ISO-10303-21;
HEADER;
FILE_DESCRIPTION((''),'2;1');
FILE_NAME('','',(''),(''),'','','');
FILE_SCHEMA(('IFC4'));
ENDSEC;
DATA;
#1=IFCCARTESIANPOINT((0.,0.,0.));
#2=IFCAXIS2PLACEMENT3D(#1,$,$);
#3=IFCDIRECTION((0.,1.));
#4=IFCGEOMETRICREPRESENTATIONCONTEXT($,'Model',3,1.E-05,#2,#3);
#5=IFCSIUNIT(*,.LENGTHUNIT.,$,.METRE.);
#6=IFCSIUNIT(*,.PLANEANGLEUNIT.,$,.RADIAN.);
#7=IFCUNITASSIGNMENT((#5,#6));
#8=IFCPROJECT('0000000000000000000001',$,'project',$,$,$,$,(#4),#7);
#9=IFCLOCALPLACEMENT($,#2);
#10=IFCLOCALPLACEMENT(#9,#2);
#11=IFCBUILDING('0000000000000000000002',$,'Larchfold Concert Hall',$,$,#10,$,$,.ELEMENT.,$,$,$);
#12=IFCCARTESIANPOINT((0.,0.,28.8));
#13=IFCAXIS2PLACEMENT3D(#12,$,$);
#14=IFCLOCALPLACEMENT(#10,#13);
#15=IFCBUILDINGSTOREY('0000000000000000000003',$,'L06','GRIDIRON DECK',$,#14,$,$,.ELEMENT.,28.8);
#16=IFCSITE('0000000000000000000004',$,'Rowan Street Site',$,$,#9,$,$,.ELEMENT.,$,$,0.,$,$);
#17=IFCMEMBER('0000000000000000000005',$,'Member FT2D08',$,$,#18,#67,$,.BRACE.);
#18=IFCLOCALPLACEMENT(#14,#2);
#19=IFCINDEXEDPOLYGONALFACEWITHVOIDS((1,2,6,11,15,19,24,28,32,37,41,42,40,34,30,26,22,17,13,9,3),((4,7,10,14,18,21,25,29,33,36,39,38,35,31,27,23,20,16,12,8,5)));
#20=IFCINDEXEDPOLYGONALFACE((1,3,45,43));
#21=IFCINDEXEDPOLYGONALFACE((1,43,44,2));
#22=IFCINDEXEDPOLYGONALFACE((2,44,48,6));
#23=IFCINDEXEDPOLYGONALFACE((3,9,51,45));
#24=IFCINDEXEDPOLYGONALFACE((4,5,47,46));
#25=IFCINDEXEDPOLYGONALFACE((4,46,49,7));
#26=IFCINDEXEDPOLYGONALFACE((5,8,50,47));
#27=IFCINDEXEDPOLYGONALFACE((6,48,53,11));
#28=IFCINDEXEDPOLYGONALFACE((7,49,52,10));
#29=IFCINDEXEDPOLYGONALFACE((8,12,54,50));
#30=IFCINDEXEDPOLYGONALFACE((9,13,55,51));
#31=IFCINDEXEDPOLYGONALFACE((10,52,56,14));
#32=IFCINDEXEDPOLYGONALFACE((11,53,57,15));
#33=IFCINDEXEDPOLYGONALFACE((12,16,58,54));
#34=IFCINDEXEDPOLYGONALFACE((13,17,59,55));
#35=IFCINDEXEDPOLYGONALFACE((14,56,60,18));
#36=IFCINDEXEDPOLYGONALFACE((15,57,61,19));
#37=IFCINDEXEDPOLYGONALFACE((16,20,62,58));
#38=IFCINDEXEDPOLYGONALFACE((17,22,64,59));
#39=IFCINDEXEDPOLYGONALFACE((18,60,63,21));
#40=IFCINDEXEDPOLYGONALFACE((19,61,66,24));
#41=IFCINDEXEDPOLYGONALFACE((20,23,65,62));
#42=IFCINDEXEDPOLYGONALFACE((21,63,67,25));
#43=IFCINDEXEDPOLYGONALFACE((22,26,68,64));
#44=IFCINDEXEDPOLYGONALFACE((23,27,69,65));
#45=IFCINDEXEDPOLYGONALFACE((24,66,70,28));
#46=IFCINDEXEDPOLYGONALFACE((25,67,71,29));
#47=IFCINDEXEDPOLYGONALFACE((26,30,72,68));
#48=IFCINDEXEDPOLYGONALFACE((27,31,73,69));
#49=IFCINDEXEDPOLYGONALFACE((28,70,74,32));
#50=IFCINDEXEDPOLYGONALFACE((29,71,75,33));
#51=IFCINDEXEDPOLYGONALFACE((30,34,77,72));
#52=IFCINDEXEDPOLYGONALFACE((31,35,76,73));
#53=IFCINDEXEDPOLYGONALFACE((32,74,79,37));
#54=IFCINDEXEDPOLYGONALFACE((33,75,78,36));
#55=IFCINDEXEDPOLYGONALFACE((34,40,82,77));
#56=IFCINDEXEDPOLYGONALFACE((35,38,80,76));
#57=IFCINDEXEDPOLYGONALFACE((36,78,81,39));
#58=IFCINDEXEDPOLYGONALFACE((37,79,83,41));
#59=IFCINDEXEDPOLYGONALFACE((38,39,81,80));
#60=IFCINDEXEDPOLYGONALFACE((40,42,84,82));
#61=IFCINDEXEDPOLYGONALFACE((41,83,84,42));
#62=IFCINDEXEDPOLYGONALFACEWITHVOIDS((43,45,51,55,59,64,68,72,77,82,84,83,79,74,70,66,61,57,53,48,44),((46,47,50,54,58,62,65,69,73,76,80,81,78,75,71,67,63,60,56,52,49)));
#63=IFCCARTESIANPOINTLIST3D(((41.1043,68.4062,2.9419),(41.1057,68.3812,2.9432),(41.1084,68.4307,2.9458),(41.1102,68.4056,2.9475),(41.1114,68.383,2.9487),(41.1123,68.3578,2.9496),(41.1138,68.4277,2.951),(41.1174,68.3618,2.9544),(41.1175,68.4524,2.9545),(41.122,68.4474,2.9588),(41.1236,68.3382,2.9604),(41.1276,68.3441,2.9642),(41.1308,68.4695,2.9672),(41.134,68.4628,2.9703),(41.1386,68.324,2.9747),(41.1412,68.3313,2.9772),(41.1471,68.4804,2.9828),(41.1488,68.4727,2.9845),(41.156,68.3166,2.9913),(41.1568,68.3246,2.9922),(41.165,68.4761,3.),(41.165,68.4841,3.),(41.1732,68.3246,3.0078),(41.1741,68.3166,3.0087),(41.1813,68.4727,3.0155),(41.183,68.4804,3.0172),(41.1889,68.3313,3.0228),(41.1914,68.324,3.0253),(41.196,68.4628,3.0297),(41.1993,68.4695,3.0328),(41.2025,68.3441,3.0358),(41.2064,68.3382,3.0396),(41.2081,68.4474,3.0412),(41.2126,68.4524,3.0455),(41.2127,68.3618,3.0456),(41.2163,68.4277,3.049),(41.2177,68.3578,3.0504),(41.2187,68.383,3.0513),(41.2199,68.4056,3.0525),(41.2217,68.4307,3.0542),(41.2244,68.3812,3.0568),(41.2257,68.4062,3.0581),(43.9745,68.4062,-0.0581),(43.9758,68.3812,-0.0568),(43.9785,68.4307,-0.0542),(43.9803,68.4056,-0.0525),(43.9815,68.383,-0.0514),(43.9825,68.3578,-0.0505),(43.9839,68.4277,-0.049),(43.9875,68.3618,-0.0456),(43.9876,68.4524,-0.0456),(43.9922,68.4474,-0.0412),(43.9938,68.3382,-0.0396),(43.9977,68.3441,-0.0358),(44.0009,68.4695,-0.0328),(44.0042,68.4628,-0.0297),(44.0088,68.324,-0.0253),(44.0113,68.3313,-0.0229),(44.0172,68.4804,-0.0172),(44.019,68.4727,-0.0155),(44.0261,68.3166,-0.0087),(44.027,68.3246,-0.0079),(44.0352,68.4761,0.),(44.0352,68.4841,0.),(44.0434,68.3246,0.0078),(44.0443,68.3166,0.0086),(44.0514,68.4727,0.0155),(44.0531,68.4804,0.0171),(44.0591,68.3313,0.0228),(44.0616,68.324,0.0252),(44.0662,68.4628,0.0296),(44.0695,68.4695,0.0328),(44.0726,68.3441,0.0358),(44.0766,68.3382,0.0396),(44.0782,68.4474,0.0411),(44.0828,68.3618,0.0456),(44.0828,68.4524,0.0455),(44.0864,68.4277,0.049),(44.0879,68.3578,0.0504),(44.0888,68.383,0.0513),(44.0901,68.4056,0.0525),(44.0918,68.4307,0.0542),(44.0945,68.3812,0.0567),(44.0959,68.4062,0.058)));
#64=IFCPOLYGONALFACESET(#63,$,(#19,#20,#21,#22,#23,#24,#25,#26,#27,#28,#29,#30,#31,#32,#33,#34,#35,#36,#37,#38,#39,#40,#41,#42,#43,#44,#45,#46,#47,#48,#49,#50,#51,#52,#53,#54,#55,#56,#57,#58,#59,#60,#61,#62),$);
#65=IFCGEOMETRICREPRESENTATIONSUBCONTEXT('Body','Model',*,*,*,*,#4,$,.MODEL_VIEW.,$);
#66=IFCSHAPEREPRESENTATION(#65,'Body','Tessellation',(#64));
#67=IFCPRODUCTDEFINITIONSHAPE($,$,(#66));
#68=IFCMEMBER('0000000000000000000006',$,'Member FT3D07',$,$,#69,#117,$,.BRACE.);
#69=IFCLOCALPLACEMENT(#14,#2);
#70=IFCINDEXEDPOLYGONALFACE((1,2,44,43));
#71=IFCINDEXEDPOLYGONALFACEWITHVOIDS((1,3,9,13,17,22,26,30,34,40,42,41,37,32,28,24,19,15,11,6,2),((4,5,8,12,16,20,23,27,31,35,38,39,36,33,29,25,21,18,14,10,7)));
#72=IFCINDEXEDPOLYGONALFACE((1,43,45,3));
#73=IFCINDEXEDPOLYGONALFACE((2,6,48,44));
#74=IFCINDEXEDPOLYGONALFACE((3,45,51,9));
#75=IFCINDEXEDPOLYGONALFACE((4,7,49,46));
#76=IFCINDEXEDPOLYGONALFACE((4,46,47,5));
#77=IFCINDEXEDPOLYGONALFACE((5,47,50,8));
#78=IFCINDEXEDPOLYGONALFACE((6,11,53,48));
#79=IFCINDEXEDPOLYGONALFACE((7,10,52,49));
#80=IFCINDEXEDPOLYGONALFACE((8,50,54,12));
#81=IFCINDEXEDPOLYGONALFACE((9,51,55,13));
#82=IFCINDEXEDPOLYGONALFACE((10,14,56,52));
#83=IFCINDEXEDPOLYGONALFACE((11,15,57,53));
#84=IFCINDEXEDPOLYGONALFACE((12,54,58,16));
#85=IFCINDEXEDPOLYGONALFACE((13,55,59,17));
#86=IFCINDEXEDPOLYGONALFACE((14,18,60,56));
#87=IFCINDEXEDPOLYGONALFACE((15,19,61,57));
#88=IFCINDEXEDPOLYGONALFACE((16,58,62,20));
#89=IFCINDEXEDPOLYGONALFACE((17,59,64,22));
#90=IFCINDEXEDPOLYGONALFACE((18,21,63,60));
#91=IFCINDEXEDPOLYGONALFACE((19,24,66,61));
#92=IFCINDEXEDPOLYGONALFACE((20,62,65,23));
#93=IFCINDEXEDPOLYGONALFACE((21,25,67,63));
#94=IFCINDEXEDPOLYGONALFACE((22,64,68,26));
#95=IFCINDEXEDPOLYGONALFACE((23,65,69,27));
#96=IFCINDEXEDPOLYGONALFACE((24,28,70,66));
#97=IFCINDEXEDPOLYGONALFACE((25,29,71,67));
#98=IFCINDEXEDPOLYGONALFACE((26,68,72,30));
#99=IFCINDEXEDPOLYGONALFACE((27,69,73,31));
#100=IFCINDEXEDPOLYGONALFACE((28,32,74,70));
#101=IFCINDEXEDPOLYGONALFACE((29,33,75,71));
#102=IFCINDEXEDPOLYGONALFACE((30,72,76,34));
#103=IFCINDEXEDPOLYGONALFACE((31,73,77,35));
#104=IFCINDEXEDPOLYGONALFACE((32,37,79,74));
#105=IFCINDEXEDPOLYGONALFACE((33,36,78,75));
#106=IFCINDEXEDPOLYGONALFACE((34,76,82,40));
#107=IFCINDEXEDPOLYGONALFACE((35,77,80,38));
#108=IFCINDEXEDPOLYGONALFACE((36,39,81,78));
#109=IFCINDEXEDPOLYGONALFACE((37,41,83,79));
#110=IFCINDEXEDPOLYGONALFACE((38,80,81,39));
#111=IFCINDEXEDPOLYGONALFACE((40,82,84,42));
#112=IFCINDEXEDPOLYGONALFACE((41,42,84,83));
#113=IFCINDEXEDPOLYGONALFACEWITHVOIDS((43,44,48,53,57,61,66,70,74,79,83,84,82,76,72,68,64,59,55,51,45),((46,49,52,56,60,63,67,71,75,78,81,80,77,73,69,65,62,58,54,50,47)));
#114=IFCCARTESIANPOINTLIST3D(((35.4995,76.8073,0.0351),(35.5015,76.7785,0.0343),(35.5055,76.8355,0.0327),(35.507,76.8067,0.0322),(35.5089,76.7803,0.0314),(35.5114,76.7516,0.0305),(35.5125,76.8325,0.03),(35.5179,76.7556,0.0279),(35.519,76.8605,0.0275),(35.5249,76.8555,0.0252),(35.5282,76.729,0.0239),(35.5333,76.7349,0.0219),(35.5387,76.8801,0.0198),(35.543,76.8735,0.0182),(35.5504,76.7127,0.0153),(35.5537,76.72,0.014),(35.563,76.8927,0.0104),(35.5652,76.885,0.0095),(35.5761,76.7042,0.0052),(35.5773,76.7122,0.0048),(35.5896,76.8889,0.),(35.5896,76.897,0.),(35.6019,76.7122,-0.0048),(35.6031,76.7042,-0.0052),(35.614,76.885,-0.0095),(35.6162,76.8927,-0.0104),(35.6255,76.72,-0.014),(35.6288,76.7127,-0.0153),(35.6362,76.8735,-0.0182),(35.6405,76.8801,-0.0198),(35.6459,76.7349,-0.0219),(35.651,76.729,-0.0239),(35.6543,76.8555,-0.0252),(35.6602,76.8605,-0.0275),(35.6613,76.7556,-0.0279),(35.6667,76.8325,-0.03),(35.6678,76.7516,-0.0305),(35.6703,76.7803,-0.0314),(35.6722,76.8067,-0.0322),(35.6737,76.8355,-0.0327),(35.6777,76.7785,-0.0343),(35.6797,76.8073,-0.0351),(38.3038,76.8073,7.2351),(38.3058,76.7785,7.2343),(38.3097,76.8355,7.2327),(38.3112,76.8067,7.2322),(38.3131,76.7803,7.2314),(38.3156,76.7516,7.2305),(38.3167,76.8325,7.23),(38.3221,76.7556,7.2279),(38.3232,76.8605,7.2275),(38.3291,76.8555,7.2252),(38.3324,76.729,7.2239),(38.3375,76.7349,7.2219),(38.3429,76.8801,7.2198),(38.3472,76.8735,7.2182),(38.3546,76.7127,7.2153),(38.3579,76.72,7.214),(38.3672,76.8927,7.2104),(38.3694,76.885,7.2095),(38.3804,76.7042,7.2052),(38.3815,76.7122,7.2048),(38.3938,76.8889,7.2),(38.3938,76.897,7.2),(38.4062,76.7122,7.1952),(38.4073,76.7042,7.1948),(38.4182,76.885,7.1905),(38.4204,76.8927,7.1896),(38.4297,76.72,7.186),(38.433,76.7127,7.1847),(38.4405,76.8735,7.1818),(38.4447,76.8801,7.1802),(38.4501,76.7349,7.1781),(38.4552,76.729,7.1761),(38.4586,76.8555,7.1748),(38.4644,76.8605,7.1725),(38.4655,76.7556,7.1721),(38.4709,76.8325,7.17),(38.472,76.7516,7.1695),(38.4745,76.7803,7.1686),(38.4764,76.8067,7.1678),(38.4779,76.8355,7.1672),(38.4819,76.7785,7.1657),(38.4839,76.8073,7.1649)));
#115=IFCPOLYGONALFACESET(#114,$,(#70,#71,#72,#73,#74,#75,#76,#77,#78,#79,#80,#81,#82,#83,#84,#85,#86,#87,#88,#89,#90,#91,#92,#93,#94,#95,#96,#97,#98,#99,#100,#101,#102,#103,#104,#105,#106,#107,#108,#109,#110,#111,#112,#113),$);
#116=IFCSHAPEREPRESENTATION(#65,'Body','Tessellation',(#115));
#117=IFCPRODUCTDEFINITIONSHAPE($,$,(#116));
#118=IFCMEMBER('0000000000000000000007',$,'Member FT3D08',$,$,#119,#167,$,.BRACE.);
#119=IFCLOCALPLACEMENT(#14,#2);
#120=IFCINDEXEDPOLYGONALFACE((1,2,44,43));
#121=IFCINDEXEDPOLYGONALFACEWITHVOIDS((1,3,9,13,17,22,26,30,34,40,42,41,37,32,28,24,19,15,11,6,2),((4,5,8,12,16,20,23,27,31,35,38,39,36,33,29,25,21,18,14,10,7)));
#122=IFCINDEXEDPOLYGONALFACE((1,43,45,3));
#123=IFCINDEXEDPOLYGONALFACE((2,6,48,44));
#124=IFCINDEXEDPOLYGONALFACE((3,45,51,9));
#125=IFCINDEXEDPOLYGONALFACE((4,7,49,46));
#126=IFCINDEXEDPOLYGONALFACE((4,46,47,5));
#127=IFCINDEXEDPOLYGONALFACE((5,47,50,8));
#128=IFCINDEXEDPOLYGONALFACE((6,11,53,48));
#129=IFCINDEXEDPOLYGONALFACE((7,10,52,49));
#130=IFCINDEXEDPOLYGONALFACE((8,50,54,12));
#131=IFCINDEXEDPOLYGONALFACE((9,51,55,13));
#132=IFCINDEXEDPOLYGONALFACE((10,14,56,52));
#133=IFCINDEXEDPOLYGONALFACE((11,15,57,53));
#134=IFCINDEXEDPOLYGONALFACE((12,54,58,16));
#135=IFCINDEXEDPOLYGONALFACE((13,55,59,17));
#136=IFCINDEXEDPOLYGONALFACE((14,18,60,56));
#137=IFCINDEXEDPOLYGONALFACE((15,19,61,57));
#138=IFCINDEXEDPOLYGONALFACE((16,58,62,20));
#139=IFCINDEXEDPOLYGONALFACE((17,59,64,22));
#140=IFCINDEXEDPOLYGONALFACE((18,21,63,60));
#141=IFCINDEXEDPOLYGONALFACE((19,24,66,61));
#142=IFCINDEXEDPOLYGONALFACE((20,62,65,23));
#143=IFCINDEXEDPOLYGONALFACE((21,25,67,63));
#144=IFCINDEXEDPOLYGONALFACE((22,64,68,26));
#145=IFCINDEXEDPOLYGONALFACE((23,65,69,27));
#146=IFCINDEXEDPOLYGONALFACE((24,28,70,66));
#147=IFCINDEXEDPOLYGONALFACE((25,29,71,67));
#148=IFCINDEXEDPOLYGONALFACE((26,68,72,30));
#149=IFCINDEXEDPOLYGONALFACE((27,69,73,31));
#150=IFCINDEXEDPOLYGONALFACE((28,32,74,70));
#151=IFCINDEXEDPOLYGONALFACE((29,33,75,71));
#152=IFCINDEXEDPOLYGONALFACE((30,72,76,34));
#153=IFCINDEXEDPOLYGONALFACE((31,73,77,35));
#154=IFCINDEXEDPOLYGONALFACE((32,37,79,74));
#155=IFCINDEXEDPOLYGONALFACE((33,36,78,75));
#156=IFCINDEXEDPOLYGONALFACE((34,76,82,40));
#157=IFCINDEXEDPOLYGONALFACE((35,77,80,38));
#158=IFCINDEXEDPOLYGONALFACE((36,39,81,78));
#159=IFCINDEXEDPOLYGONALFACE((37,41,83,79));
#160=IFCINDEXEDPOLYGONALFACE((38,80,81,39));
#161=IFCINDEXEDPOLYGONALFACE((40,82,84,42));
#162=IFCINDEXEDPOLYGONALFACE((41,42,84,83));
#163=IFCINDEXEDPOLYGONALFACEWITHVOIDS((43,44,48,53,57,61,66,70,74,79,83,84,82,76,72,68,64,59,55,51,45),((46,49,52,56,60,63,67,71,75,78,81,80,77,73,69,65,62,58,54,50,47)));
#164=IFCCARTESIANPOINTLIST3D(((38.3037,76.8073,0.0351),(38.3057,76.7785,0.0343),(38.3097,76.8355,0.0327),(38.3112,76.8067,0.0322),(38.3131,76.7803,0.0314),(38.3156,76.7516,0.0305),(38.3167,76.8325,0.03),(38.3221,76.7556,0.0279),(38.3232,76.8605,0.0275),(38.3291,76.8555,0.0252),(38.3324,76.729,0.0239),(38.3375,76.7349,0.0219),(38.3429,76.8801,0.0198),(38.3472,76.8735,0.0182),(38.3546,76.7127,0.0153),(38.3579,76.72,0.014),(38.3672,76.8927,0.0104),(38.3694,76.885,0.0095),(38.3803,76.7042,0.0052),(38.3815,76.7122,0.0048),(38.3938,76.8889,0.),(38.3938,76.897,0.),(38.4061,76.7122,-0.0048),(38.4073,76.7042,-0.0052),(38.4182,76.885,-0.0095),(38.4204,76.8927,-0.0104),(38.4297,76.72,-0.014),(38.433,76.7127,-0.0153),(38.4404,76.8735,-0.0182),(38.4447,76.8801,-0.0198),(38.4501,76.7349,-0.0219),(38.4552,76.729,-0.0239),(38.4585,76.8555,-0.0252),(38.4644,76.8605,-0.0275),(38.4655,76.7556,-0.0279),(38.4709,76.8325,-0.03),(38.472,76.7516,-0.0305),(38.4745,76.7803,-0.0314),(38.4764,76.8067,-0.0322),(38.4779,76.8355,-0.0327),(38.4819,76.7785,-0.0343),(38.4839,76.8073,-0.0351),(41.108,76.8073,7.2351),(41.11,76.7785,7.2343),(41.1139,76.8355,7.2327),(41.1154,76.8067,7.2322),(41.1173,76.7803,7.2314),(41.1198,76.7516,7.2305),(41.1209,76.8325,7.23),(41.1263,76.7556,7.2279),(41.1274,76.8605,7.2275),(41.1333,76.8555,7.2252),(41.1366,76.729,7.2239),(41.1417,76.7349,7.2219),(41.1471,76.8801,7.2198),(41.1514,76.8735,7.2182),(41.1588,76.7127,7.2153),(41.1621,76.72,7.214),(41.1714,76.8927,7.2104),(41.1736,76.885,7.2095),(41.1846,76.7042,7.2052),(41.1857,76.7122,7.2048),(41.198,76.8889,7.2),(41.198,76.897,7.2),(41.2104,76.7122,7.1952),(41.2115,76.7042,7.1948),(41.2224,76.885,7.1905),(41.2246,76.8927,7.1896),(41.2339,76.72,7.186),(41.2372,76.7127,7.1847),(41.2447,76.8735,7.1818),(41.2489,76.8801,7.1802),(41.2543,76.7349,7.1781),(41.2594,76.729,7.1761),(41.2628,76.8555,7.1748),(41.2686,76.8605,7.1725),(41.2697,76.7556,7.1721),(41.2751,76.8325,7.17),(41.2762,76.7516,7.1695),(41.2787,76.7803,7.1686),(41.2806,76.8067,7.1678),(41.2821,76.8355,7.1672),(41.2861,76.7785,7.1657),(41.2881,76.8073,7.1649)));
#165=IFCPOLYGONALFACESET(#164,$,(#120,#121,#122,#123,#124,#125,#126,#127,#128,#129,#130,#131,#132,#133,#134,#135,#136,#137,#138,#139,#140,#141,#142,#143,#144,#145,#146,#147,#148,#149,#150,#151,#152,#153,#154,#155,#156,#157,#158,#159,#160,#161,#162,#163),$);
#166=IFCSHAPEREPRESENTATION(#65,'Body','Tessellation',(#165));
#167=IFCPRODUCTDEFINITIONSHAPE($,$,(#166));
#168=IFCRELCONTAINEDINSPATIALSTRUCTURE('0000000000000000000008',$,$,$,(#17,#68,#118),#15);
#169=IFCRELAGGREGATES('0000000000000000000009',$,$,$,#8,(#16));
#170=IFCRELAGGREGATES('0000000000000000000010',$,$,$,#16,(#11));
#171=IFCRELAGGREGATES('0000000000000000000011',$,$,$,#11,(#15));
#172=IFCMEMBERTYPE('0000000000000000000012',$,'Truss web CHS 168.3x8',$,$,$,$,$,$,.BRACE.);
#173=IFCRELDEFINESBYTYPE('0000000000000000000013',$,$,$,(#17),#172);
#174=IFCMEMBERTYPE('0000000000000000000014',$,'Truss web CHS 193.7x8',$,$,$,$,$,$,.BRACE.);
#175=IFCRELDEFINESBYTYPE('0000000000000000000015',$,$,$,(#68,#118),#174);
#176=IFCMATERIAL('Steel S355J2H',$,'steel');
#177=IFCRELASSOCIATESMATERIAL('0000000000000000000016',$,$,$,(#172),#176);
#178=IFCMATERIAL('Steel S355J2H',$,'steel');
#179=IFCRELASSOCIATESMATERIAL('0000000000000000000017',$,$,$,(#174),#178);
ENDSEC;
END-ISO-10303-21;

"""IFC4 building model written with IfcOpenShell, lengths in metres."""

from ifc_helpers import new_model, si_unit, direction, frame, origin, origin_2d, place, context, subcontext, project, spatial, hollow_circle, extrude, material, material_profile, profile_set, type_object, element, save


model = new_model("IFC4")

# Units and contexts
model_context = context("Model", 3, precision=1e-05, world=origin(), true_north=direction((0.0, 1.0)))
body_context = subcontext(model_context, "Body", "Model", "MODEL_VIEW")
ifc_project = project(units=[si_unit("LENGTHUNIT", "METRE"), si_unit("PLANEANGLEUNIT", "RADIAN")], contexts=[model_context])

# Site, building, storey
site_placement = place(None, origin())
site = spatial("IfcSite", under=ifc_project, at=site_placement, Name="Rowan Street Site", CompositionType="ELEMENT", RefElevation=0.0)
building_placement = place(site_placement, origin())
building = spatial("IfcBuilding", under=site, at=building_placement, Name="Larchfold Concert Hall", CompositionType="ELEMENT")
storey_placement = place(building_placement, frame((0.0, 0.0, 28.8)))
storey = spatial("IfcBuildingStorey", under=building, at=storey_placement, Name="L06", Description="GRIDIRON DECK", CompositionType="ELEMENT", Elevation=28.8)

# Members
ifc_material_1 = material(Name="Steel S355J2H", Category="steel")
ifc_material_profile_1 = material_profile(ifc_material_1, hollow_circle(Radius=0.0842, WallThickness=0.0081, at=origin_2d()))
ifc_profile_set_1 = profile_set([ifc_material_profile_1], Name="Steel S355J2H")
member_type_1 = type_object("IfcMemberType", Name="Truss web CHS 168.3x8", PredefinedType="BRACE", material=ifc_profile_set_1)
for number, where, z_axis, x_axis, name in (
    (1, (41.165, 68.3999, 3.0), (0.691292, 0.0, -0.722575), (0.0, 1.0, 0.0), "Member FT2D08"),
):
    element("IfcMember", number, at=place(storey_placement, frame(where, z_axis=z_axis, x_axis=x_axis)), inside=storey, type_object=member_type_1, Name=name, PredefinedType="BRACE", context=body_context, shape_type="SweptSolid", body=[
        extrude(hollow_circle(Radius=0.0842, WallThickness=0.0081, at=origin_2d()), origin(), (0.0, 0.0, 1.0), 4.1519),
    ])
ifc_material_2 = material(Name="Steel S355J2H", Category="steel")
ifc_material_profile_2 = material_profile(ifc_material_2, hollow_circle(Radius=0.0969, WallThickness=0.0081, at=origin_2d()))
ifc_profile_set_2 = profile_set([ifc_material_profile_2], Name="Steel S355J2H")
member_type_2 = type_object("IfcMemberType", Name="Truss web CHS 193.7x8", PredefinedType="BRACE", material=ifc_profile_set_2)
for number, where, z_axis, x_axis, name in (
    (2, (35.5896, 76.8, 0.0), (0.36292, 0.0, 0.93182), (0.0, 1.0, 0.0), "Member FT3D07"),
    (3, (38.3938, 76.8, 0.0), (0.36292, 0.0, 0.93182), (0.0, 1.0, 0.0), "Member FT3D08"),
):
    element("IfcMember", number, at=place(storey_placement, frame(where, z_axis=z_axis, x_axis=x_axis)), inside=storey, type_object=member_type_2, Name=name, PredefinedType="BRACE", context=body_context, shape_type="SweptSolid", body=[
        extrude(hollow_circle(Radius=0.0969, WallThickness=0.0081, at=origin_2d()), origin(), (0.0, 0.0, 1.0), 7.7268),
    ])

save(model, "model.ifc")
